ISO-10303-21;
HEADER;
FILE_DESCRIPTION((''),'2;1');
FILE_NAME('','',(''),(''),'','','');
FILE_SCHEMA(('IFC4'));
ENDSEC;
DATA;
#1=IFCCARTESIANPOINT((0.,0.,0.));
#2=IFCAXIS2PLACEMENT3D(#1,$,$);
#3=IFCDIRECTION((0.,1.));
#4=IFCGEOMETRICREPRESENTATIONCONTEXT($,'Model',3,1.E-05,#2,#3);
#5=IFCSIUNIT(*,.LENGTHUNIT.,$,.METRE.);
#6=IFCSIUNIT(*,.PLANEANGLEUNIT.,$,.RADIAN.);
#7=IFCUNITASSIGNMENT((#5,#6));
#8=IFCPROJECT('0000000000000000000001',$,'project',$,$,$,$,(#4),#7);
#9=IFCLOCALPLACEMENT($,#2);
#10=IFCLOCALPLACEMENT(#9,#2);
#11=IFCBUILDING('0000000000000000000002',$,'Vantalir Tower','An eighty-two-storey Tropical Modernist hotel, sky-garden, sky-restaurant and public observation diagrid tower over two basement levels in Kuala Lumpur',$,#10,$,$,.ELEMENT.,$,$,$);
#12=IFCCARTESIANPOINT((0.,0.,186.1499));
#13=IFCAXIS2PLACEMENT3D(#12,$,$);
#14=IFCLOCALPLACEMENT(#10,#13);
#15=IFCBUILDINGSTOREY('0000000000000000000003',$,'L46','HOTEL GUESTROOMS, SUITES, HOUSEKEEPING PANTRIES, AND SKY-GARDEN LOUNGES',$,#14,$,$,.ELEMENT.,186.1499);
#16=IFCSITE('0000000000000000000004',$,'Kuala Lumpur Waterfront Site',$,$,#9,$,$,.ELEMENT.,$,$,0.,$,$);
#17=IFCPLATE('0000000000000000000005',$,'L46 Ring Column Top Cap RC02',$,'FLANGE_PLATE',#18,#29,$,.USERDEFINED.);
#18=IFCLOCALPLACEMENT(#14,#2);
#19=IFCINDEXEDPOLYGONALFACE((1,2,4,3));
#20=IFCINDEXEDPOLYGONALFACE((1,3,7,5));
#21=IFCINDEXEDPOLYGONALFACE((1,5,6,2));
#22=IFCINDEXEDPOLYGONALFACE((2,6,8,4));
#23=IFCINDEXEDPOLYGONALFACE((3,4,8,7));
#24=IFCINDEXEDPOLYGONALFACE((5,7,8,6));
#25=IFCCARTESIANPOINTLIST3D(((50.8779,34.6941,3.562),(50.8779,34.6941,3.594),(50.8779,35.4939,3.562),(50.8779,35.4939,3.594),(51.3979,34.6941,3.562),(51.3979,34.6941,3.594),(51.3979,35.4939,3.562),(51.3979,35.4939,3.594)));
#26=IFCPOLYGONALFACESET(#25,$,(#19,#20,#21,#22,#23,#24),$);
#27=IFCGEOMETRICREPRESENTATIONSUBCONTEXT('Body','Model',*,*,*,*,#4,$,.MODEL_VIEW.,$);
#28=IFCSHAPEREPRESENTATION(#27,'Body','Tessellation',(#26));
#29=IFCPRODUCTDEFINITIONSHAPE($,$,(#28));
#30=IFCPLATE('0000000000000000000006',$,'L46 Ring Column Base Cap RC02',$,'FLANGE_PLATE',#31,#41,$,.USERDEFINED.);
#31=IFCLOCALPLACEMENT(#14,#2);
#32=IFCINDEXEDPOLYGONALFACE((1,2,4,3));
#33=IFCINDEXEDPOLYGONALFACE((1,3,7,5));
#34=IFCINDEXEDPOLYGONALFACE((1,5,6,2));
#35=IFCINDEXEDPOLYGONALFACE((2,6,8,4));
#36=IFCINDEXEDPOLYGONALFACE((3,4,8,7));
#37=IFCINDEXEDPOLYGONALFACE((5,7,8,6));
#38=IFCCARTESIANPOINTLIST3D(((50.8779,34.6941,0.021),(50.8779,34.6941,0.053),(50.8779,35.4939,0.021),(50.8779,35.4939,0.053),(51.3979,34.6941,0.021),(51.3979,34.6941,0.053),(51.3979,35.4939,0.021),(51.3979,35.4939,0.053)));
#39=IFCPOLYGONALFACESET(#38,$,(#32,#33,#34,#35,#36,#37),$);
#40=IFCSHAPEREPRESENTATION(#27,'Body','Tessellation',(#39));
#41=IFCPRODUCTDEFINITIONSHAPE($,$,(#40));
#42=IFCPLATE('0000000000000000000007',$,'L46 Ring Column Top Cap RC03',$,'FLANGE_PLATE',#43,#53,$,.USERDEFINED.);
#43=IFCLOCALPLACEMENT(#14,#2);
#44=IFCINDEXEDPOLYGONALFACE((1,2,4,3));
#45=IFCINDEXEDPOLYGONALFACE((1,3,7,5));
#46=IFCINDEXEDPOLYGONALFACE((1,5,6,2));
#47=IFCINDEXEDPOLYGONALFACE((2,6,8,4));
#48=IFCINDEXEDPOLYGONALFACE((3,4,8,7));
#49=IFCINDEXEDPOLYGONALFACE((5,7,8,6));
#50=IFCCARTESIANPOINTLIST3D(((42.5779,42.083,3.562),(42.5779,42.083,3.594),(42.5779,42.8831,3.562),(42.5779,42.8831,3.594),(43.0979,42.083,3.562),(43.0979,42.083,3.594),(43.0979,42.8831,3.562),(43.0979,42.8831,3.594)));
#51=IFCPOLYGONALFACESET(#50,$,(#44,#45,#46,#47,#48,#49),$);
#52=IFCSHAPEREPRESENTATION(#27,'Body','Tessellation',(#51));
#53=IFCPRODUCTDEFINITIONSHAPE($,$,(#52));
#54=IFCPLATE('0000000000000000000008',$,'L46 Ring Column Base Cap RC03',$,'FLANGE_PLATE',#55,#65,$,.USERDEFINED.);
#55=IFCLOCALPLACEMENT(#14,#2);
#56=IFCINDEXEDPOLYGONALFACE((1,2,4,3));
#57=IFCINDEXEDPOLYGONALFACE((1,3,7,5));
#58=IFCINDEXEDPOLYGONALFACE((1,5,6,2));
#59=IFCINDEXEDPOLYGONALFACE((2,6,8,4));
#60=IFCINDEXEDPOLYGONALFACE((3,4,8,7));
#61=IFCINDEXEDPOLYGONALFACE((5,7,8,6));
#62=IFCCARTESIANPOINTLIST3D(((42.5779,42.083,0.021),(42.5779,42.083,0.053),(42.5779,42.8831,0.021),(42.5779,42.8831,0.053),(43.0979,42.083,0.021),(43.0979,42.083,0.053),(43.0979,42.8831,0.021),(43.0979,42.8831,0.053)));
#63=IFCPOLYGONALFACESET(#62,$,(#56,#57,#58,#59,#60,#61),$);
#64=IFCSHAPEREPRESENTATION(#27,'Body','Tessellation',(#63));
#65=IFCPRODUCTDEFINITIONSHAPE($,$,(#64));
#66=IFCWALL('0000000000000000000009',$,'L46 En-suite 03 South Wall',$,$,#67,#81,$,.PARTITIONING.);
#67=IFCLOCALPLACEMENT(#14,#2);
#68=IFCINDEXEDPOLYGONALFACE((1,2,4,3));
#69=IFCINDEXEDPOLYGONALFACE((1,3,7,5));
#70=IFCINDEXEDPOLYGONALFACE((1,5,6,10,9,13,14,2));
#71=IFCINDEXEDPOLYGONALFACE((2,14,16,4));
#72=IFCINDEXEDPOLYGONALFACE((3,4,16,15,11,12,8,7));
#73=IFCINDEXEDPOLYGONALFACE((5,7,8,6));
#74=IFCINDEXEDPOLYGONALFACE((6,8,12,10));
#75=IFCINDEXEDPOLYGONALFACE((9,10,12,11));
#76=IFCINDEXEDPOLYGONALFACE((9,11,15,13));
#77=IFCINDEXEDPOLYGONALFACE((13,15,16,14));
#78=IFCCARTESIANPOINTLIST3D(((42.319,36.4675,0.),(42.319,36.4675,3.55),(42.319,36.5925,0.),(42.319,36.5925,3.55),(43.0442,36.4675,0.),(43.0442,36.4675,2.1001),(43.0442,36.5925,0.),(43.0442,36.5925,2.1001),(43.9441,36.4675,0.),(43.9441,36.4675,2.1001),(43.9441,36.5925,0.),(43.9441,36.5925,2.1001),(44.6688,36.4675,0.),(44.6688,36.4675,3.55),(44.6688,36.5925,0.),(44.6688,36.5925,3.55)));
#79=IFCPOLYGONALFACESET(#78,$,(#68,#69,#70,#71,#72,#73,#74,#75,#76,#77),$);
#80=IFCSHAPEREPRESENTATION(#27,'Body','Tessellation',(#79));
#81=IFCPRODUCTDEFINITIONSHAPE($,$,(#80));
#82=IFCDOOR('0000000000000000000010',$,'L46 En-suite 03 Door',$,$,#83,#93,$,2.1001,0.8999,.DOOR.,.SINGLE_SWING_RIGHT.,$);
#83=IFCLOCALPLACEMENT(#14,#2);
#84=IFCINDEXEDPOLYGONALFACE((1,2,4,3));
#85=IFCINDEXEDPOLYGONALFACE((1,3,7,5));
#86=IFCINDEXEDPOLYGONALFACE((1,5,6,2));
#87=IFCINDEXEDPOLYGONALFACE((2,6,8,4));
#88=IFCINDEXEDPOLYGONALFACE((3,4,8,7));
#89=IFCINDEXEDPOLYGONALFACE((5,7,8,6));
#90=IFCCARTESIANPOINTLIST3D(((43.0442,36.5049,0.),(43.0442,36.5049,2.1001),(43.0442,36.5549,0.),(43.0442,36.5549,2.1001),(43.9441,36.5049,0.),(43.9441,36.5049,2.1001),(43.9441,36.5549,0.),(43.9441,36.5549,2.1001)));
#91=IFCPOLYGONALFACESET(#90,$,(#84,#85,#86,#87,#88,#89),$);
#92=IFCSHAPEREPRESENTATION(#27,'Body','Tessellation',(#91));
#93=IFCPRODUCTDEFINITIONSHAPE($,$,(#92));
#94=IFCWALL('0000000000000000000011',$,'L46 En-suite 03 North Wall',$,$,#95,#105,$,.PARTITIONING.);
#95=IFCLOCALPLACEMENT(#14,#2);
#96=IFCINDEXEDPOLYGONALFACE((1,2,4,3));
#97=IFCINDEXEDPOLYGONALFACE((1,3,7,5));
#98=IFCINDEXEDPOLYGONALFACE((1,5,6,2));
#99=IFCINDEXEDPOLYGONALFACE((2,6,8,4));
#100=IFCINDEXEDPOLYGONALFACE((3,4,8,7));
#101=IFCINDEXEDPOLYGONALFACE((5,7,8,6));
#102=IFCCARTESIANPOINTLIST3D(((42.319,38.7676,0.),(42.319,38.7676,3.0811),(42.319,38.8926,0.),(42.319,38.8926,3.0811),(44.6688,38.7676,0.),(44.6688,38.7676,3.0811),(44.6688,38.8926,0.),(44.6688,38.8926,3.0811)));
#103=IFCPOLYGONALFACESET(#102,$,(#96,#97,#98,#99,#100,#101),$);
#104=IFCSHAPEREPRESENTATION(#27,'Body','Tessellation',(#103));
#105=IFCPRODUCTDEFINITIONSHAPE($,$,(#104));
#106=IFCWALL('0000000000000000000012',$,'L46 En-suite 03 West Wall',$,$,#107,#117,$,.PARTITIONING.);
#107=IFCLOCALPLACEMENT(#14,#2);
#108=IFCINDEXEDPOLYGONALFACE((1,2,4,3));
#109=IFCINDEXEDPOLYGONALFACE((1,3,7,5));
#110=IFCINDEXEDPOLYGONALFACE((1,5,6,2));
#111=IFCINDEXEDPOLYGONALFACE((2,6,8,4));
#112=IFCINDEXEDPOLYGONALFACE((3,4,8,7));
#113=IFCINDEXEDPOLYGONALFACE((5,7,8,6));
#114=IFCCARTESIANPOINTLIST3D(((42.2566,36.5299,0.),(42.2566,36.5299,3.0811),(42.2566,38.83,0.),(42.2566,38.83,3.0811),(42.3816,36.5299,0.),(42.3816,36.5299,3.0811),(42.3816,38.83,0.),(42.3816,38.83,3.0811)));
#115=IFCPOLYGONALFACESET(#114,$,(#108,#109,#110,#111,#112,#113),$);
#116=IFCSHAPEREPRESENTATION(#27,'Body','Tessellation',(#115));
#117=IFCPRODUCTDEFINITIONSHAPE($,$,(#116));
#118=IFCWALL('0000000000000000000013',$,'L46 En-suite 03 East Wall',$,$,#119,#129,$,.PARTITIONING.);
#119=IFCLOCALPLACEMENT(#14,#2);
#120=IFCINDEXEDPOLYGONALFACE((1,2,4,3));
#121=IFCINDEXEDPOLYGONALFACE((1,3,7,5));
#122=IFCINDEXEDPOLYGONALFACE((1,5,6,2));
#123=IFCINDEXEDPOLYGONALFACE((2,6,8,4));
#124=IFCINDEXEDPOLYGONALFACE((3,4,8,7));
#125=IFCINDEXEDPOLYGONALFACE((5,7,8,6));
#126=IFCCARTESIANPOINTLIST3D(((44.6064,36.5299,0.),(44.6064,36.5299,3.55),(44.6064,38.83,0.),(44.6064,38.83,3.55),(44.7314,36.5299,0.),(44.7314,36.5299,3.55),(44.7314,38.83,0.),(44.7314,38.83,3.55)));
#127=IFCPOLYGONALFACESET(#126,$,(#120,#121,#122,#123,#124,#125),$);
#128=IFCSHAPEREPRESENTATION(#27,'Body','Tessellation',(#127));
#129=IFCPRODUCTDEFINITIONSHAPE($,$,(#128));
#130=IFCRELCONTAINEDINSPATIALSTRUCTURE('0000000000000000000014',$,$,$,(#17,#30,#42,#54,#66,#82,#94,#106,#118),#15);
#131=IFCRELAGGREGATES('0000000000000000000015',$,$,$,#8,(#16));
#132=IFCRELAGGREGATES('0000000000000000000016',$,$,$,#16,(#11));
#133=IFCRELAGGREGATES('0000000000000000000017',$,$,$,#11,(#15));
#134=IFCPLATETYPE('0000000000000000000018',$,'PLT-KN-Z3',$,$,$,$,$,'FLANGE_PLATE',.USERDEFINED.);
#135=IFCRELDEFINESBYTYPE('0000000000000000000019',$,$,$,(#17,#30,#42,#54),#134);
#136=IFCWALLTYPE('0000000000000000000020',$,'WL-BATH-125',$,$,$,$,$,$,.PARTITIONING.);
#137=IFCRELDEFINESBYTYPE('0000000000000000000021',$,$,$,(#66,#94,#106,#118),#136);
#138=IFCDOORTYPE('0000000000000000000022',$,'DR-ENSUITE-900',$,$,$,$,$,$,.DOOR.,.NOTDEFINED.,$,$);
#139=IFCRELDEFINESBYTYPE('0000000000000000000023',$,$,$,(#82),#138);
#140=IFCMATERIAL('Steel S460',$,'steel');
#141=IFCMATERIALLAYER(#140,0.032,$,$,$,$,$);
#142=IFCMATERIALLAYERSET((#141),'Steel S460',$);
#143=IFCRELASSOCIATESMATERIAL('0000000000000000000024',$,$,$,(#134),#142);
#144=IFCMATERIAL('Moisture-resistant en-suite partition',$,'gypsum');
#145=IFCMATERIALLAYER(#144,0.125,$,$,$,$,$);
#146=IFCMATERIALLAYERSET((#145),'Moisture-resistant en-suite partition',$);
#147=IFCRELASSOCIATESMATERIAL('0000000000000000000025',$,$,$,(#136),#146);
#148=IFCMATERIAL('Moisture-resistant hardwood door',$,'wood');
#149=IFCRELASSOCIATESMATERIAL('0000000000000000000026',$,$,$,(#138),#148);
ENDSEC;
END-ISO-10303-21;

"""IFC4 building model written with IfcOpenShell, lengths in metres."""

from ifc_helpers import new_model, si_unit, direction, frame, frame_2d, origin, place, context, subcontext, project, spatial, polyline, rectangle, outline, extrude, material, layer, layer_set, type_object, element, fill, save


model = new_model("IFC4")

# Units and contexts
model_context = context("Model", 3, precision=1e-05, world=origin(), true_north=direction((0.0, 1.0)))
body_context = subcontext(model_context, "Body", "Model", "MODEL_VIEW")
ifc_project = project(units=[si_unit("LENGTHUNIT", "METRE"), si_unit("PLANEANGLEUNIT", "RADIAN")], contexts=[model_context])

# Site, building, storey
site_placement = place(None, origin())
site = spatial("IfcSite", under=ifc_project, at=site_placement, Name="Kuala Lumpur Waterfront Site", CompositionType="ELEMENT", RefElevation=0.0)
building_placement = place(site_placement, origin())
building = spatial("IfcBuilding", under=site, at=building_placement, Name="Vantalir Tower", Description="An eighty-two-storey Tropical Modernist hotel, sky-garden, sky-restaurant and public observation diagrid tower over two basement levels in Kuala Lumpur", CompositionType="ELEMENT")
storey_placement = place(building_placement, frame((0.0, 0.0, 186.1499)))
storey = spatial("IfcBuildingStorey", under=building, at=storey_placement, Name="L46", Description="HOTEL GUESTROOMS, SUITES, HOUSEKEEPING PANTRIES, AND SKY-GARDEN LOUNGES", CompositionType="ELEMENT", Elevation=186.1499)

# Shared definitions
ifc_material_1 = material(Name="Steel S460", Category="steel")

# Plates
ifc_layer_1 = layer(ifc_material_1, 0.032)
ifc_layer_set_1 = layer_set([ifc_layer_1], Name="Steel S460")
plate_type_1 = type_object("IfcPlateType", Name="PLT-KN-Z3", ElementType="FLANGE_PLATE", PredefinedType="USERDEFINED", material=ifc_layer_set_1)
for number, where, z_axis, x_axis, name in (
    (1, (50.8779, 35.4939, 3.594), (0.0, 0.0, 1.0), (0.0, -1.0, 0.0), "L46 Ring Column Top Cap RC02"),
    (2, (50.8779, 35.4939, 0.053), (0.0, 0.0, 1.0), (0.0, -1.0, 0.0), "L46 Ring Column Base Cap RC02"),
):
    element("IfcPlate", number, at=place(storey_placement, frame(where, z_axis=z_axis, x_axis=x_axis)), inside=storey, type_object=plate_type_1, Name=name, ObjectType="FLANGE_PLATE", PredefinedType="USERDEFINED", context=body_context, shape_type="SweptSolid", body=[
        extrude(outline(polyline([(0.0, 0.0), (0.7998, 0.0), (0.7998, 0.52), (0.0, 0.52), (0.0, 0.0)])), origin(), (0.0, 0.0, -1.0), 0.032),
    ])
for number, where, z_axis, x_axis, name in (
    (3, (42.5779, 42.8831, 3.594), (0.0, 0.0, 1.0), (0.0, -1.0, 0.0), "L46 Ring Column Top Cap RC03"),
    (4, (42.5779, 42.8831, 0.053), (0.0, 0.0, 1.0), (0.0, -1.0, 0.0), "L46 Ring Column Base Cap RC03"),
):
    element("IfcPlate", number, at=place(storey_placement, frame(where, z_axis=z_axis, x_axis=x_axis)), inside=storey, type_object=plate_type_1, Name=name, ObjectType="FLANGE_PLATE", PredefinedType="USERDEFINED", context=body_context, shape_type="SweptSolid", body=[
        extrude(outline(polyline([(0.0, 0.0), (0.8, 0.0), (0.8, 0.52), (0.0, 0.52), (0.0, 0.0)])), origin(), (0.0, 0.0, -1.0), 0.032),
    ])

# Wall, opening, door
ifc_material_2 = material(Name="Moisture-resistant en-suite partition", Category="gypsum")
ifc_layer_2 = layer(ifc_material_2, 0.125)
ifc_layer_set_2 = layer_set([ifc_layer_2], Name="Moisture-resistant en-suite partition")
wall_type = type_object("IfcWallType", Name="WL-BATH-125", PredefinedType="PARTITIONING", material=ifc_layer_set_2)
wall_1_placement = place(storey_placement, frame((42.3191, 36.53, 0.0), z_axis=(0.0, 0.0, 1.0), x_axis=(1.0, 0.0, 0.0)))
wall_1 = element("IfcWall", 5, at=wall_1_placement, inside=storey, type_object=wall_type, Name="L46 En-suite 03 South Wall", PredefinedType="PARTITIONING", context=body_context, shape_type="SweptSolid", body=[
    extrude(rectangle(XDim=2.3499, YDim=0.125, at=frame_2d((1.1748, 0.0))), origin(), (0.0, 0.0, 1.0), 3.55),
])
opening_placement = place(wall_1_placement, frame((0.7251, 0.0, 0.0)))
opening = element("IfcOpeningElement", 6, at=opening_placement, cuts=wall_1, PredefinedType="OPENING", context=body_context, shape_type="SweptSolid", body=[
    extrude(rectangle(XDim=0.8999, YDim=2.1001, at=frame_2d((0.45, 1.05))), frame((0.0, 0.0725, 0.0), z_axis=(0.0, -1.0, 0.0), x_axis=(1.0, 0.0, 0.0)), (0.0, 0.0, 1.0), 0.145),
])
ifc_material_3 = material(Name="Moisture-resistant hardwood door", Category="wood")
door_type = type_object("IfcDoorType", Name="DR-ENSUITE-900", OperationType="NOTDEFINED", PredefinedType="DOOR", material=ifc_material_3)
door_placement = place(opening_placement, origin())
door = element("IfcDoor", 7, at=door_placement, inside=storey, type_object=door_type, Name="L46 En-suite 03 Door", OperationType="SINGLE_SWING_RIGHT", OverallHeight=2.1001, OverallWidth=0.8999, PredefinedType="DOOR", context=body_context, shape_type="SweptSolid", body=[
    extrude(rectangle(XDim=0.8999, YDim=2.1001, at=frame_2d((0.45, 1.05))), frame((0.0, 0.0249, 0.0), z_axis=(0.0, -1.0, 0.0), x_axis=(1.0, 0.0, 0.0)), (0.0, 0.0, 1.0), 0.05),
])
fill(opening, door)

# Walls
wall_2_placement = place(storey_placement, frame((42.3191, 38.8301, 0.0), z_axis=(0.0, 0.0, 1.0), x_axis=(1.0, 0.0, 0.0)))
element("IfcWall", 8, at=wall_2_placement, inside=storey, type_object=wall_type, Name="L46 En-suite 03 North Wall", PredefinedType="PARTITIONING", context=body_context, shape_type="SweptSolid", body=[
    extrude(rectangle(XDim=2.3499, YDim=0.125, at=frame_2d((1.1748, 0.0))), origin(), (0.0, 0.0, 1.0), 3.0811),
])
wall_3_placement = place(storey_placement, frame((42.3191, 36.53, 0.0), z_axis=(0.0, 0.0, 1.0), x_axis=(0.0, 1.0, 0.0)))
element("IfcWall", 9, at=wall_3_placement, inside=storey, type_object=wall_type, Name="L46 En-suite 03 West Wall", PredefinedType="PARTITIONING", context=body_context, shape_type="SweptSolid", body=[
    extrude(rectangle(XDim=2.3, YDim=0.125, at=frame_2d((1.1499, 0.0))), origin(), (0.0, 0.0, 1.0), 3.0811),
])
wall_4_placement = place(storey_placement, frame((44.6689, 36.53, 0.0), z_axis=(0.0, 0.0, 1.0), x_axis=(0.0, 1.0, 0.0)))
element("IfcWall", 10, at=wall_4_placement, inside=storey, type_object=wall_type, Name="L46 En-suite 03 East Wall", PredefinedType="PARTITIONING", context=body_context, shape_type="SweptSolid", body=[
    extrude(rectangle(XDim=2.3, YDim=0.125, at=frame_2d((1.1499, 0.0))), origin(), (0.0, 0.0, 1.0), 3.55),
])

save(model, "model.ifc")
